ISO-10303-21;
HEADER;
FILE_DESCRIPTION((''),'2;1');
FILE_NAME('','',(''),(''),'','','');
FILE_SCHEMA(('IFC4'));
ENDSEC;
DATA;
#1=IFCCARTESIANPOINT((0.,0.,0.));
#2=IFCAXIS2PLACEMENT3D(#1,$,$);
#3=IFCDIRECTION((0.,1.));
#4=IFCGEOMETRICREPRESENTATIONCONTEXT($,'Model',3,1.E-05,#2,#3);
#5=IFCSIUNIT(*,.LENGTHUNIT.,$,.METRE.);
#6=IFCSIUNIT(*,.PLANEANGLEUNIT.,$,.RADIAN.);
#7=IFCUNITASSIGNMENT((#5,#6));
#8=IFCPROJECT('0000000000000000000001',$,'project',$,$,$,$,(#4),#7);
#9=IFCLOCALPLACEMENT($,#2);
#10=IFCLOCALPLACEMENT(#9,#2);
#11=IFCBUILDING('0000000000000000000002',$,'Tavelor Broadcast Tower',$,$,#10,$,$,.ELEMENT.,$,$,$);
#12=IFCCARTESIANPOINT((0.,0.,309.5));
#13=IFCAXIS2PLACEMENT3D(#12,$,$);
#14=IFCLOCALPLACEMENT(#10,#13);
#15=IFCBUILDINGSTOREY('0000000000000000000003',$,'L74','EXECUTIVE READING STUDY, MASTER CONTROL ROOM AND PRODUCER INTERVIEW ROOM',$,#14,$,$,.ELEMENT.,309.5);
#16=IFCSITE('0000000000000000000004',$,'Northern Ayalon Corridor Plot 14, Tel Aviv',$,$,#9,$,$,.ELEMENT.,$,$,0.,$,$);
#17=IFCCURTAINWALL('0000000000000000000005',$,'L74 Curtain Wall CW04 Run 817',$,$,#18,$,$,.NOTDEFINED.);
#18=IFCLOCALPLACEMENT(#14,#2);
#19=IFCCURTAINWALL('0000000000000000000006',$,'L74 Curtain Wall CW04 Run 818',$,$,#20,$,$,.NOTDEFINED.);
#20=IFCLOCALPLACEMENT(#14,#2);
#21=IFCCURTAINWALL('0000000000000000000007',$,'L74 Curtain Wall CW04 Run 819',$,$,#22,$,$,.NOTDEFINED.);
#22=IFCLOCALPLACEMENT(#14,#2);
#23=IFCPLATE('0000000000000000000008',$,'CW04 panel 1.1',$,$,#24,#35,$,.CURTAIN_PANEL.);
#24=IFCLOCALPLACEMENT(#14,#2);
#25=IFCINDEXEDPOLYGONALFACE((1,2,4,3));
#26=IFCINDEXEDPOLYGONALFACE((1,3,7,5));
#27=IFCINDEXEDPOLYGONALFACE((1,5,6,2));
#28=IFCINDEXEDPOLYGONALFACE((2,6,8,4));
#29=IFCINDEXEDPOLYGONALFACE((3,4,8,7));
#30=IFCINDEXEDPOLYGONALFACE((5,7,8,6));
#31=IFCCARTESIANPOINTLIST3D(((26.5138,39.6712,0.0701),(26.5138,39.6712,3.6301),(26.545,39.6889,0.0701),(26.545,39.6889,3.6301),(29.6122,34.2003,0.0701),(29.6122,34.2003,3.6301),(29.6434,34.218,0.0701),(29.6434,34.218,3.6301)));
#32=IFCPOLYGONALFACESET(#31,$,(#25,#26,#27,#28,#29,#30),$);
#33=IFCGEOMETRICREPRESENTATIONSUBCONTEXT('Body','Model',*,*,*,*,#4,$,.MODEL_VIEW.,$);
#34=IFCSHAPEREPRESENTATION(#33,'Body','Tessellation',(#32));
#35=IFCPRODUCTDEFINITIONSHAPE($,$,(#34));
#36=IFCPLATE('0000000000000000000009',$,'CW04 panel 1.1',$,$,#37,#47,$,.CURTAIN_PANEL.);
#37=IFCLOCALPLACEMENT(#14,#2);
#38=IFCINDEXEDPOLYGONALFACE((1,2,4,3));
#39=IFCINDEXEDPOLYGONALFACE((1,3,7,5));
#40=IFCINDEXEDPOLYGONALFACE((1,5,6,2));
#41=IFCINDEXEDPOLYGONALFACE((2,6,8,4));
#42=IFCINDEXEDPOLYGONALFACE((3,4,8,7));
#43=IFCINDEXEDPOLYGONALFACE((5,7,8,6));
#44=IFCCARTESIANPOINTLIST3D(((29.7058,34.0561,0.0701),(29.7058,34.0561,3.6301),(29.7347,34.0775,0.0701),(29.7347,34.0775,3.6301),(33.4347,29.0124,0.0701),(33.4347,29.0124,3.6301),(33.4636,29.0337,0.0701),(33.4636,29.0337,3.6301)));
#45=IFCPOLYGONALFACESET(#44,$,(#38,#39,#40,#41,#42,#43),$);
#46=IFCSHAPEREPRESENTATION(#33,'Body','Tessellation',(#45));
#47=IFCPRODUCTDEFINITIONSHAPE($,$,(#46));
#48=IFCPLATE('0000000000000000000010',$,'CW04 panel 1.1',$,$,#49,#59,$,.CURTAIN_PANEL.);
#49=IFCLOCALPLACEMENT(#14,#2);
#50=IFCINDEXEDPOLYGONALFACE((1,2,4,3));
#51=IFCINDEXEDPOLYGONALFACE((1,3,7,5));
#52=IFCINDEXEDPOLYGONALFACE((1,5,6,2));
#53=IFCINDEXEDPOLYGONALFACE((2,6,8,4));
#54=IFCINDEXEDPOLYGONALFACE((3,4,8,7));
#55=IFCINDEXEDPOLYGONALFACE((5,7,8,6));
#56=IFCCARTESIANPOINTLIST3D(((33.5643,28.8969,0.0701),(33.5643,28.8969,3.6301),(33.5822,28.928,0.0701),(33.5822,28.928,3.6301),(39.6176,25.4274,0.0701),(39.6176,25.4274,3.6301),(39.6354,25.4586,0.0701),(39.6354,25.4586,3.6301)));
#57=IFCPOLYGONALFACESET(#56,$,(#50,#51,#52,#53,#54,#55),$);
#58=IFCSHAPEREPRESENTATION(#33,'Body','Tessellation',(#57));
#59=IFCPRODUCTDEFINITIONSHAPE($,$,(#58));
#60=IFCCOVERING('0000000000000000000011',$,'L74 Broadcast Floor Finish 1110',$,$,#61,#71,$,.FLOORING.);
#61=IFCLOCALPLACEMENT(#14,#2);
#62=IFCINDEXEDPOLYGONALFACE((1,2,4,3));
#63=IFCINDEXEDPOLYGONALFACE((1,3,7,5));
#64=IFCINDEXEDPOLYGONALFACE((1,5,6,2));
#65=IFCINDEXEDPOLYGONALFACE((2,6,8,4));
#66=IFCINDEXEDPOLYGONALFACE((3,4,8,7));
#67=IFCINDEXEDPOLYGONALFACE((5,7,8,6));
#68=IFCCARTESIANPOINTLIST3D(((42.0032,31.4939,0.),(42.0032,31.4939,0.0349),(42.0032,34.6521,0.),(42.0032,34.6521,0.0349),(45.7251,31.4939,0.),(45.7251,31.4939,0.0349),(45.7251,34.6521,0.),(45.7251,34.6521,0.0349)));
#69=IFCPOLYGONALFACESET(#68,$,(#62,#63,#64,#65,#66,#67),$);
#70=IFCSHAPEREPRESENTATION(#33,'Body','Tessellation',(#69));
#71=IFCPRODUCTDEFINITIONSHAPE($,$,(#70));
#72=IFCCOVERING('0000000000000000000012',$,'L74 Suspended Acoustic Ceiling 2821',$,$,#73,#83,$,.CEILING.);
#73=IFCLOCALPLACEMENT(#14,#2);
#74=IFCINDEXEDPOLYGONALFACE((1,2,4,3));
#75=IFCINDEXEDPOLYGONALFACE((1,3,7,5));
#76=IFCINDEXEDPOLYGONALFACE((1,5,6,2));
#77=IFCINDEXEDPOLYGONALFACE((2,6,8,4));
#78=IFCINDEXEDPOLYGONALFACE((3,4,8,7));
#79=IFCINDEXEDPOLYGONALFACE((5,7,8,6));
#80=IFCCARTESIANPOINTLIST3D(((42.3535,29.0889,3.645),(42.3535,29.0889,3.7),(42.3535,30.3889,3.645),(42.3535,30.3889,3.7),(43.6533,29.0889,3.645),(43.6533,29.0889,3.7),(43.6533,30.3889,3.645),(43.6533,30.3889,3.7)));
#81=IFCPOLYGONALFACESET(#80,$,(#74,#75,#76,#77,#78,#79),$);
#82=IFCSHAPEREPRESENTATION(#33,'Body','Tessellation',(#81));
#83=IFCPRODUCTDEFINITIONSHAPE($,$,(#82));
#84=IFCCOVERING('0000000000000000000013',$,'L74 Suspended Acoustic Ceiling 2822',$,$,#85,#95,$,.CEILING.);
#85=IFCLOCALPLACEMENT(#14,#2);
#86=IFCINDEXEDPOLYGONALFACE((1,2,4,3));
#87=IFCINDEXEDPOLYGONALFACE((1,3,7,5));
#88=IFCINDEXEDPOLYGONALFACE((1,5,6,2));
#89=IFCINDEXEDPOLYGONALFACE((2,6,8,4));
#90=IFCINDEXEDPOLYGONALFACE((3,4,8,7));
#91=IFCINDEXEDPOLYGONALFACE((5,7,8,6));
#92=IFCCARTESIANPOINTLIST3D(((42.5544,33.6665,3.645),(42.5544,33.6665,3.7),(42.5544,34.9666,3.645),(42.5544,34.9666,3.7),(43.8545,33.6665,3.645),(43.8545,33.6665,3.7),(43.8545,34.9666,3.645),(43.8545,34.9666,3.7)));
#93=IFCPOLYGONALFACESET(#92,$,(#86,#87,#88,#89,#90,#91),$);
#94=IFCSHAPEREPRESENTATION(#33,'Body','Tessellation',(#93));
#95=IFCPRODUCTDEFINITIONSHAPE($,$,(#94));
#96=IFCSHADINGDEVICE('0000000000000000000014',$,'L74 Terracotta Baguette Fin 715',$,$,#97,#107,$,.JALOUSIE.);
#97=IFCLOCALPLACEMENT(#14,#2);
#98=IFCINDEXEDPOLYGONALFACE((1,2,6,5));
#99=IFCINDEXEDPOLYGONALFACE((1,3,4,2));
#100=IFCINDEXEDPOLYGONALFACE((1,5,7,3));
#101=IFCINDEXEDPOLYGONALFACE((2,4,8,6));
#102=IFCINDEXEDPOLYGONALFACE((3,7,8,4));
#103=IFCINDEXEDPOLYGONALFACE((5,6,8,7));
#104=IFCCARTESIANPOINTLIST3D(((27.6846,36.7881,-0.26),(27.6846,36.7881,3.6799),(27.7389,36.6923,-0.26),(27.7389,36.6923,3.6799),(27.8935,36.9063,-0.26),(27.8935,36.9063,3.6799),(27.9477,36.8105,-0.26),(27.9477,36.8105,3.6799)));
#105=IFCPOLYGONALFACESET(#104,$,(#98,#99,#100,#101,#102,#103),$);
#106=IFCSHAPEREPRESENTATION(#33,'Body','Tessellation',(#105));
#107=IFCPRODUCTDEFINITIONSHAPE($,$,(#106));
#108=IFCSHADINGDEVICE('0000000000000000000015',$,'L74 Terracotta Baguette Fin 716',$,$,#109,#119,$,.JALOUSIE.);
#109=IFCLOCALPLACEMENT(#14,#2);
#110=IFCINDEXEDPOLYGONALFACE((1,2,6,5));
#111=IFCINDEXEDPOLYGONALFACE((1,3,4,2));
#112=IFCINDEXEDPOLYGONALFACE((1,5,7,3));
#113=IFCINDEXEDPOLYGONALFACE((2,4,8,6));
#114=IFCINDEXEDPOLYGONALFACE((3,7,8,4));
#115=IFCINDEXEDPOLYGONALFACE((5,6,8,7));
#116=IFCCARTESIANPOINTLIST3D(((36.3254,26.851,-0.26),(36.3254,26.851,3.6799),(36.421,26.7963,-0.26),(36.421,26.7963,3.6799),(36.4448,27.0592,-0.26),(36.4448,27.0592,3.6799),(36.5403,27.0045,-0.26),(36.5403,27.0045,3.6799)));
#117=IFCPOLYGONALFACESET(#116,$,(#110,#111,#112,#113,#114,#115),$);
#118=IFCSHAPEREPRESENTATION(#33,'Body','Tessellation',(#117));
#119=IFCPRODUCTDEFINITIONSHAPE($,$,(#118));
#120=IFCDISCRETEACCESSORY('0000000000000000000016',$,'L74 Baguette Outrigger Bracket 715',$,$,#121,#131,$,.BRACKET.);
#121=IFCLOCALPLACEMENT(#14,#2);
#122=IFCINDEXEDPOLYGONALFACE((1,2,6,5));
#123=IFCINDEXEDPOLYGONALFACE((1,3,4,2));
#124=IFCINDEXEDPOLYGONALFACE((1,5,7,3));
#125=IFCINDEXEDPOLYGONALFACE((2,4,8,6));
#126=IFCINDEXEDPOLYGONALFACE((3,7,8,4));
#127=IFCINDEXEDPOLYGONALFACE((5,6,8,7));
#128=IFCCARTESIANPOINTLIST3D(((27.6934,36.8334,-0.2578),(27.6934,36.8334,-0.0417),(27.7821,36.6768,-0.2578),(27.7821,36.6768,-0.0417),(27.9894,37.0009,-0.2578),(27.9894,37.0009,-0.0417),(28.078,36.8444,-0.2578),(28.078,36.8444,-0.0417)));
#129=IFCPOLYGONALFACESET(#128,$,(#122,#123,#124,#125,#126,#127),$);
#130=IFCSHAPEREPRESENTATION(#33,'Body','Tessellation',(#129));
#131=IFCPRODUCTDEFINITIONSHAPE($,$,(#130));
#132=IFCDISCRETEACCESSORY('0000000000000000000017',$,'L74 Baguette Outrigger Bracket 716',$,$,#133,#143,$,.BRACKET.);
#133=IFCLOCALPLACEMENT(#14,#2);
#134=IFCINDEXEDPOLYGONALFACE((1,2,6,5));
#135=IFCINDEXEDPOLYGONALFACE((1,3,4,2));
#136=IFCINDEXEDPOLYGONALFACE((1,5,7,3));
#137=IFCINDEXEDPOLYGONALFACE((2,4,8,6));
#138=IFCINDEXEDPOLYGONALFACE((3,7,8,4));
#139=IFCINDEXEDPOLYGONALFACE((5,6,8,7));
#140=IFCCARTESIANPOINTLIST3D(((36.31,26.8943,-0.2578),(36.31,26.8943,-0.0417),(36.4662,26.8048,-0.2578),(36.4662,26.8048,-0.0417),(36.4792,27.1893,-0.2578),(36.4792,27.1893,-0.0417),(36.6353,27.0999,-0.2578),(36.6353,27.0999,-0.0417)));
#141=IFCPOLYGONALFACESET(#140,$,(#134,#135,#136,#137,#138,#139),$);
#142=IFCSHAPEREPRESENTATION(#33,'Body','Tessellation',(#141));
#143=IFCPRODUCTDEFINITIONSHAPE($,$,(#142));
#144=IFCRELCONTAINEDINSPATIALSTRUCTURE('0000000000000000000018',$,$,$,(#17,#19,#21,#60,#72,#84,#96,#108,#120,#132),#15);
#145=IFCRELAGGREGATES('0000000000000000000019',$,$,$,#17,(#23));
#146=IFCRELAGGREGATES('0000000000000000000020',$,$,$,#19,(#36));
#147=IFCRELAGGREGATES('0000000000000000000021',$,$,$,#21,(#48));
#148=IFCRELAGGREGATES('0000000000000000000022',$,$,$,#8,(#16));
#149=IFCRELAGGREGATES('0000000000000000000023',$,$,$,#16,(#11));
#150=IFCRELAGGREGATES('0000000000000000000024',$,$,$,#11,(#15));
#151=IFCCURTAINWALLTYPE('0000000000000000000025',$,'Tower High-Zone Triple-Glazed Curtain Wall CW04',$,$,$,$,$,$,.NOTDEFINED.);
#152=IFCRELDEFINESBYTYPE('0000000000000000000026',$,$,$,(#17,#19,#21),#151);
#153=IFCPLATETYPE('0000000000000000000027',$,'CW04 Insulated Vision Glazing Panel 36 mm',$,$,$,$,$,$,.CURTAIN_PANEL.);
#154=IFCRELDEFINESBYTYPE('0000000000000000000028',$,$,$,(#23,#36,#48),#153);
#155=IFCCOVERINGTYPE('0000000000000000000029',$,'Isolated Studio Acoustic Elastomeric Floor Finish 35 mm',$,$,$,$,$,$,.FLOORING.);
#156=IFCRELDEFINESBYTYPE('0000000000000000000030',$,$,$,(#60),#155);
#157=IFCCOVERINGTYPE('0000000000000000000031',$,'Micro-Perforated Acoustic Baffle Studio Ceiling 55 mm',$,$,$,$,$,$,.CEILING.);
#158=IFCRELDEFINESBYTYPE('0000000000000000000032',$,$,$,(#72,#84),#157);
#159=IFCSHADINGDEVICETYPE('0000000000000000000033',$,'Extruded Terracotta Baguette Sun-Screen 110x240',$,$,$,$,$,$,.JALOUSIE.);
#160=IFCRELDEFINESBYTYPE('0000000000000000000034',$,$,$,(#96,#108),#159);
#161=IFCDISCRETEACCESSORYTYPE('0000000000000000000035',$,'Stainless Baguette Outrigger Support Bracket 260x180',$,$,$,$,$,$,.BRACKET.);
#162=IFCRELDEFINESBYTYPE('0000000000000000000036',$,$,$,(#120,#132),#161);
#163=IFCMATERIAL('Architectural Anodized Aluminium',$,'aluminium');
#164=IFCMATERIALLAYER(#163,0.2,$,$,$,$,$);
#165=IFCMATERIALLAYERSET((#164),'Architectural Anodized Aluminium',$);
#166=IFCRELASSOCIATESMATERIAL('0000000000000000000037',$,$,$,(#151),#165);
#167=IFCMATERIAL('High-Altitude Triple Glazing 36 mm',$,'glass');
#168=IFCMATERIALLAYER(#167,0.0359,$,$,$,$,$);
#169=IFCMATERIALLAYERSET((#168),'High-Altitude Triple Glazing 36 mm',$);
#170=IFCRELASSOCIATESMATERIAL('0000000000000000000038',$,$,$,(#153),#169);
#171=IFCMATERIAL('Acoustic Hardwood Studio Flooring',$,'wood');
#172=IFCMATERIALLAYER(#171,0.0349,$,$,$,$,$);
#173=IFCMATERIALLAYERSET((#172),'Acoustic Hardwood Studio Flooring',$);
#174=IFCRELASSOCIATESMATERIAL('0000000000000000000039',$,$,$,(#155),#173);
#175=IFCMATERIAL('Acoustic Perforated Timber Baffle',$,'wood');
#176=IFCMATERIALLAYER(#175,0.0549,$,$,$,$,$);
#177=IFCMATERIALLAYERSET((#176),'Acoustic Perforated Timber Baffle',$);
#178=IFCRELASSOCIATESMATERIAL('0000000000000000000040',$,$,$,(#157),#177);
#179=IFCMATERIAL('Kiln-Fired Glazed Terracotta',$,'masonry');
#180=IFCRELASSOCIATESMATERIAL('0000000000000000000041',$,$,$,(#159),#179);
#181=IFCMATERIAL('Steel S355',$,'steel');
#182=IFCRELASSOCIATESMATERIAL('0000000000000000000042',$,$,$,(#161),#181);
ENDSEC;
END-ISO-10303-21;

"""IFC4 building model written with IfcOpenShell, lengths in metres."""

from ifc_helpers import new_model, si_unit, direction, frame, origin, origin_2d, place, context, subcontext, project, spatial, polyline, rectangle, outline, extrude, source, transform, mapped, material, layer, layer_set, type_object, type_shapes, element, aggregate, save


model = new_model("IFC4")

# Units and contexts
model_context = context("Model", 3, precision=1e-05, world=origin(), true_north=direction((0.0, 1.0)))
body_context = subcontext(model_context, "Body", "Model", "MODEL_VIEW")
ifc_project = project(units=[si_unit("LENGTHUNIT", "METRE"), si_unit("PLANEANGLEUNIT", "RADIAN")], contexts=[model_context])

# Site, building, storey
site_placement = place(None, origin())
site = spatial("IfcSite", under=ifc_project, at=site_placement, Name="Northern Ayalon Corridor Plot 14, Tel Aviv", CompositionType="ELEMENT", RefElevation=0.0)
building_placement = place(site_placement, origin())
building = spatial("IfcBuilding", under=site, at=building_placement, Name="Tavelor Broadcast Tower", CompositionType="ELEMENT")
storey_placement = place(building_placement, frame((0.0, 0.0, 309.5)))
storey = spatial("IfcBuildingStorey", under=building, at=storey_placement, Name="L74", Description="EXECUTIVE READING STUDY, MASTER CONTROL ROOM AND PRODUCER INTERVIEW ROOM", CompositionType="ELEMENT", Elevation=309.5)

# Curtain wall
ifc_material_1 = material(Name="Architectural Anodized Aluminium", Category="aluminium")
ifc_layer_1 = layer(ifc_material_1, 0.2)
ifc_layer_set_1 = layer_set([ifc_layer_1], Name="Architectural Anodized Aluminium")
curtain_wall_type = type_object("IfcCurtainWallType", Name="Tower High-Zone Triple-Glazed Curtain Wall CW04", PredefinedType="NOTDEFINED", material=ifc_layer_set_1)
curtain_wall_1_placement = place(storey_placement, origin())
curtain_wall_1 = element("IfcCurtainWall", 1, at=curtain_wall_1_placement, inside=storey, type_object=curtain_wall_type, Name="L74 Curtain Wall CW04 Run 817", PredefinedType="NOTDEFINED")

# Curtain wall
curtain_wall_2_placement = place(storey_placement, origin())
curtain_wall_2 = element("IfcCurtainWall", 2, at=curtain_wall_2_placement, inside=storey, type_object=curtain_wall_type, Name="L74 Curtain Wall CW04 Run 818", PredefinedType="NOTDEFINED")

# Curtain wall
curtain_wall_3_placement = place(storey_placement, origin())
curtain_wall_3 = element("IfcCurtainWall", 3, at=curtain_wall_3_placement, inside=storey, type_object=curtain_wall_type, Name="L74 Curtain Wall CW04 Run 819", PredefinedType="NOTDEFINED")

# Plates
ifc_material_2 = material(Name="High-Altitude Triple Glazing 36 mm", Category="glass")
ifc_layer_2 = layer(ifc_material_2, 0.0359)
ifc_layer_set_2 = layer_set([ifc_layer_2], Name="High-Altitude Triple Glazing 36 mm")
plate_type_1 = type_object("IfcPlateType", Name="CW04 Insulated Vision Glazing Panel 36 mm", PredefinedType="CURTAIN_PANEL", material=ifc_layer_set_2)
shared_shape_1 = source(origin(), body_context, "Body", "SweptSolid", [
    extrude(rectangle(XDim=6.2874, YDim=0.0359, at=origin_2d()), origin(), (0.0, 0.0, 1.0), 3.5601),
])
plate_1_placement = place(storey_placement, frame((28.0786, 36.9446, 0.0701), z_axis=(0.0, 0.0, 1.0), x_axis=(0.492794, -0.870146, 0.0)))
plate_1 = element("IfcPlate", 4, at=plate_1_placement, type_object=plate_type_1, Name="CW04 panel 1.1", PredefinedType="CURTAIN_PANEL", context=body_context, shape_type="MappedRepresentation", body=[
    mapped(shared_shape_1, transform((0.0, 0.0, 0.0), scale=1.0)),
])
aggregate(curtain_wall_1, [plate_1])
shared_shape_2 = source(origin(), body_context, "Body", "SweptSolid", [
    extrude(rectangle(XDim=6.2725, YDim=0.0359, at=origin_2d()), origin(), (0.0, 0.0, 1.0), 3.5601),
])
plate_2_placement = place(storey_placement, frame((31.5847, 31.5449, 0.0701), z_axis=(0.0, 0.0, 1.0), x_axis=(0.594484, -0.804107, 0.0)))
plate_2 = element("IfcPlate", 5, at=plate_2_placement, type_object=plate_type_1, Name="CW04 panel 1.1", PredefinedType="CURTAIN_PANEL", context=body_context, shape_type="MappedRepresentation", body=[
    mapped(shared_shape_2, transform((0.0, 0.0, 0.0), scale=1.0)),
])
aggregate(curtain_wall_2, [plate_2])
shared_shape_3 = source(origin(), body_context, "Body", "SweptSolid", [
    extrude(rectangle(XDim=6.9771, YDim=0.0359, at=origin_2d()), origin(), (0.0, 0.0, 1.0), 3.5601),
])
type_shapes(plate_type_1, [shared_shape_1, shared_shape_2, shared_shape_3])
plate_3_placement = place(storey_placement, frame((36.5999, 27.1777, 0.0701), z_axis=(0.0, 0.0, 1.0), x_axis=(0.867595, -0.497272, 0.0)))
plate_3 = element("IfcPlate", 6, at=plate_3_placement, type_object=plate_type_1, Name="CW04 panel 1.1", PredefinedType="CURTAIN_PANEL", context=body_context, shape_type="MappedRepresentation", body=[
    mapped(shared_shape_3, transform((0.0, 0.0, 0.0), scale=1.0)),
])
aggregate(curtain_wall_3, [plate_3])

# Coverings
ifc_material_3 = material(Name="Acoustic Hardwood Studio Flooring", Category="wood")
ifc_layer_3 = layer(ifc_material_3, 0.0349)
ifc_layer_set_3 = layer_set([ifc_layer_3], Name="Acoustic Hardwood Studio Flooring")
covering_type_1 = type_object("IfcCoveringType", Name="Isolated Studio Acoustic Elastomeric Floor Finish 35 mm", PredefinedType="FLOORING", material=ifc_layer_set_3)
covering_1_placement = place(storey_placement, origin())
element("IfcCovering", 7, at=covering_1_placement, inside=storey, type_object=covering_type_1, Name="L74 Broadcast Floor Finish 1110", PredefinedType="FLOORING", context=body_context, shape_type="SweptSolid", body=[
    extrude(outline(polyline([(42.0032, 31.4939), (45.7251, 31.4939), (45.7251, 34.6521), (42.0032, 34.6521), (42.0032, 31.4939)])), origin(), (0.0, 0.0, 1.0), 0.0349),
])
ifc_material_4 = material(Name="Acoustic Perforated Timber Baffle", Category="wood")
ifc_layer_4 = layer(ifc_material_4, 0.0549)
ifc_layer_set_4 = layer_set([ifc_layer_4], Name="Acoustic Perforated Timber Baffle")
covering_type_2 = type_object("IfcCoveringType", Name="Micro-Perforated Acoustic Baffle Studio Ceiling 55 mm", PredefinedType="CEILING", material=ifc_layer_set_4)
covering_2_placement = place(storey_placement, frame((0.0, 0.0, 3.645)))
element("IfcCovering", 8, at=covering_2_placement, inside=storey, type_object=covering_type_2, Name="L74 Suspended Acoustic Ceiling 2821", PredefinedType="CEILING", context=body_context, shape_type="SweptSolid", body=[
    extrude(outline(polyline([(42.3535, 29.0889), (43.6533, 29.0889), (43.6533, 30.3889), (42.3535, 30.3889), (42.3535, 29.0889)])), origin(), (0.0, 0.0, 1.0), 0.0549),
])
covering_3_placement = place(storey_placement, frame((0.0, 0.0, 3.645)))
element("IfcCovering", 9, at=covering_3_placement, inside=storey, type_object=covering_type_2, Name="L74 Suspended Acoustic Ceiling 2822", PredefinedType="CEILING", context=body_context, shape_type="SweptSolid", body=[
    extrude(outline(polyline([(42.5544, 33.6665), (43.8545, 33.6665), (43.8545, 34.9666), (42.5544, 34.9666), (42.5544, 33.6665)])), origin(), (0.0, 0.0, 1.0), 0.0549),
])

# Shading devices
ifc_material_5 = material(Name="Kiln-Fired Glazed Terracotta", Category="masonry")
shading_device_type = type_object("IfcShadingDeviceType", Name="Extruded Terracotta Baguette Sun-Screen 110x240", PredefinedType="JALOUSIE", material=ifc_material_5)
shared_shape_4 = source(origin(), body_context, "Body", "SweptSolid", [
    extrude(rectangle(XDim=0.1101, YDim=0.24, at=origin_2d()), origin(), (0.0, 0.0, 1.0), 3.9399),
])
type_shapes(shading_device_type, [shared_shape_4])
for number, where, z_axis, x_axis, name in (
    (10, (27.8162, 36.7993, -0.26), (0.0, 0.0, 1.0), (0.492727, -0.870184, 0.0), "L74 Terracotta Baguette Fin 715"),
    (11, (36.4329, 26.9277, -0.26), (0.0, 0.0, 1.0), (0.867592, -0.497277, 0.0), "L74 Terracotta Baguette Fin 716"),
):
    element("IfcShadingDevice", number, at=place(storey_placement, frame(where, z_axis=z_axis, x_axis=x_axis)), inside=storey, type_object=shading_device_type, Name=name, PredefinedType="JALOUSIE", context=body_context, shape_type="MappedRepresentation", body=[
        mapped(shared_shape_4, transform((0.0, 0.0, 0.0), scale=1.0)),
    ])

# Discrete accessories
ifc_material_6 = material(Name="Steel S355", Category="steel")
discrete_accessory_type = type_object("IfcDiscreteAccessoryType", Name="Stainless Baguette Outrigger Support Bracket 260x180", PredefinedType="BRACKET", material=ifc_material_6)
shared_shape_5 = source(origin(), body_context, "Body", "SweptSolid", [
    extrude(rectangle(XDim=0.1799, YDim=0.3401, at=origin_2d()), origin(), (0.0, 0.0, 1.0), 0.2161),
])
type_shapes(discrete_accessory_type, [shared_shape_5])
for number, where, z_axis, x_axis, name in (
    (12, (27.8857, 36.8389, -0.2578), (0.0, 0.0, 1.0), (0.492727, -0.870184, 0.0), "L74 Baguette Outrigger Bracket 715"),
    (13, (36.4727, 26.9971, -0.2578), (0.0, 0.0, 1.0), (0.867592, -0.497277, 0.0), "L74 Baguette Outrigger Bracket 716"),
):
    element("IfcDiscreteAccessory", number, at=place(storey_placement, frame(where, z_axis=z_axis, x_axis=x_axis)), inside=storey, type_object=discrete_accessory_type, Name=name, PredefinedType="BRACKET", context=body_context, shape_type="MappedRepresentation", body=[
        mapped(shared_shape_5, transform((0.0, 0.0, 0.0), scale=1.0)),
    ])

save(model, "model.ifc")
